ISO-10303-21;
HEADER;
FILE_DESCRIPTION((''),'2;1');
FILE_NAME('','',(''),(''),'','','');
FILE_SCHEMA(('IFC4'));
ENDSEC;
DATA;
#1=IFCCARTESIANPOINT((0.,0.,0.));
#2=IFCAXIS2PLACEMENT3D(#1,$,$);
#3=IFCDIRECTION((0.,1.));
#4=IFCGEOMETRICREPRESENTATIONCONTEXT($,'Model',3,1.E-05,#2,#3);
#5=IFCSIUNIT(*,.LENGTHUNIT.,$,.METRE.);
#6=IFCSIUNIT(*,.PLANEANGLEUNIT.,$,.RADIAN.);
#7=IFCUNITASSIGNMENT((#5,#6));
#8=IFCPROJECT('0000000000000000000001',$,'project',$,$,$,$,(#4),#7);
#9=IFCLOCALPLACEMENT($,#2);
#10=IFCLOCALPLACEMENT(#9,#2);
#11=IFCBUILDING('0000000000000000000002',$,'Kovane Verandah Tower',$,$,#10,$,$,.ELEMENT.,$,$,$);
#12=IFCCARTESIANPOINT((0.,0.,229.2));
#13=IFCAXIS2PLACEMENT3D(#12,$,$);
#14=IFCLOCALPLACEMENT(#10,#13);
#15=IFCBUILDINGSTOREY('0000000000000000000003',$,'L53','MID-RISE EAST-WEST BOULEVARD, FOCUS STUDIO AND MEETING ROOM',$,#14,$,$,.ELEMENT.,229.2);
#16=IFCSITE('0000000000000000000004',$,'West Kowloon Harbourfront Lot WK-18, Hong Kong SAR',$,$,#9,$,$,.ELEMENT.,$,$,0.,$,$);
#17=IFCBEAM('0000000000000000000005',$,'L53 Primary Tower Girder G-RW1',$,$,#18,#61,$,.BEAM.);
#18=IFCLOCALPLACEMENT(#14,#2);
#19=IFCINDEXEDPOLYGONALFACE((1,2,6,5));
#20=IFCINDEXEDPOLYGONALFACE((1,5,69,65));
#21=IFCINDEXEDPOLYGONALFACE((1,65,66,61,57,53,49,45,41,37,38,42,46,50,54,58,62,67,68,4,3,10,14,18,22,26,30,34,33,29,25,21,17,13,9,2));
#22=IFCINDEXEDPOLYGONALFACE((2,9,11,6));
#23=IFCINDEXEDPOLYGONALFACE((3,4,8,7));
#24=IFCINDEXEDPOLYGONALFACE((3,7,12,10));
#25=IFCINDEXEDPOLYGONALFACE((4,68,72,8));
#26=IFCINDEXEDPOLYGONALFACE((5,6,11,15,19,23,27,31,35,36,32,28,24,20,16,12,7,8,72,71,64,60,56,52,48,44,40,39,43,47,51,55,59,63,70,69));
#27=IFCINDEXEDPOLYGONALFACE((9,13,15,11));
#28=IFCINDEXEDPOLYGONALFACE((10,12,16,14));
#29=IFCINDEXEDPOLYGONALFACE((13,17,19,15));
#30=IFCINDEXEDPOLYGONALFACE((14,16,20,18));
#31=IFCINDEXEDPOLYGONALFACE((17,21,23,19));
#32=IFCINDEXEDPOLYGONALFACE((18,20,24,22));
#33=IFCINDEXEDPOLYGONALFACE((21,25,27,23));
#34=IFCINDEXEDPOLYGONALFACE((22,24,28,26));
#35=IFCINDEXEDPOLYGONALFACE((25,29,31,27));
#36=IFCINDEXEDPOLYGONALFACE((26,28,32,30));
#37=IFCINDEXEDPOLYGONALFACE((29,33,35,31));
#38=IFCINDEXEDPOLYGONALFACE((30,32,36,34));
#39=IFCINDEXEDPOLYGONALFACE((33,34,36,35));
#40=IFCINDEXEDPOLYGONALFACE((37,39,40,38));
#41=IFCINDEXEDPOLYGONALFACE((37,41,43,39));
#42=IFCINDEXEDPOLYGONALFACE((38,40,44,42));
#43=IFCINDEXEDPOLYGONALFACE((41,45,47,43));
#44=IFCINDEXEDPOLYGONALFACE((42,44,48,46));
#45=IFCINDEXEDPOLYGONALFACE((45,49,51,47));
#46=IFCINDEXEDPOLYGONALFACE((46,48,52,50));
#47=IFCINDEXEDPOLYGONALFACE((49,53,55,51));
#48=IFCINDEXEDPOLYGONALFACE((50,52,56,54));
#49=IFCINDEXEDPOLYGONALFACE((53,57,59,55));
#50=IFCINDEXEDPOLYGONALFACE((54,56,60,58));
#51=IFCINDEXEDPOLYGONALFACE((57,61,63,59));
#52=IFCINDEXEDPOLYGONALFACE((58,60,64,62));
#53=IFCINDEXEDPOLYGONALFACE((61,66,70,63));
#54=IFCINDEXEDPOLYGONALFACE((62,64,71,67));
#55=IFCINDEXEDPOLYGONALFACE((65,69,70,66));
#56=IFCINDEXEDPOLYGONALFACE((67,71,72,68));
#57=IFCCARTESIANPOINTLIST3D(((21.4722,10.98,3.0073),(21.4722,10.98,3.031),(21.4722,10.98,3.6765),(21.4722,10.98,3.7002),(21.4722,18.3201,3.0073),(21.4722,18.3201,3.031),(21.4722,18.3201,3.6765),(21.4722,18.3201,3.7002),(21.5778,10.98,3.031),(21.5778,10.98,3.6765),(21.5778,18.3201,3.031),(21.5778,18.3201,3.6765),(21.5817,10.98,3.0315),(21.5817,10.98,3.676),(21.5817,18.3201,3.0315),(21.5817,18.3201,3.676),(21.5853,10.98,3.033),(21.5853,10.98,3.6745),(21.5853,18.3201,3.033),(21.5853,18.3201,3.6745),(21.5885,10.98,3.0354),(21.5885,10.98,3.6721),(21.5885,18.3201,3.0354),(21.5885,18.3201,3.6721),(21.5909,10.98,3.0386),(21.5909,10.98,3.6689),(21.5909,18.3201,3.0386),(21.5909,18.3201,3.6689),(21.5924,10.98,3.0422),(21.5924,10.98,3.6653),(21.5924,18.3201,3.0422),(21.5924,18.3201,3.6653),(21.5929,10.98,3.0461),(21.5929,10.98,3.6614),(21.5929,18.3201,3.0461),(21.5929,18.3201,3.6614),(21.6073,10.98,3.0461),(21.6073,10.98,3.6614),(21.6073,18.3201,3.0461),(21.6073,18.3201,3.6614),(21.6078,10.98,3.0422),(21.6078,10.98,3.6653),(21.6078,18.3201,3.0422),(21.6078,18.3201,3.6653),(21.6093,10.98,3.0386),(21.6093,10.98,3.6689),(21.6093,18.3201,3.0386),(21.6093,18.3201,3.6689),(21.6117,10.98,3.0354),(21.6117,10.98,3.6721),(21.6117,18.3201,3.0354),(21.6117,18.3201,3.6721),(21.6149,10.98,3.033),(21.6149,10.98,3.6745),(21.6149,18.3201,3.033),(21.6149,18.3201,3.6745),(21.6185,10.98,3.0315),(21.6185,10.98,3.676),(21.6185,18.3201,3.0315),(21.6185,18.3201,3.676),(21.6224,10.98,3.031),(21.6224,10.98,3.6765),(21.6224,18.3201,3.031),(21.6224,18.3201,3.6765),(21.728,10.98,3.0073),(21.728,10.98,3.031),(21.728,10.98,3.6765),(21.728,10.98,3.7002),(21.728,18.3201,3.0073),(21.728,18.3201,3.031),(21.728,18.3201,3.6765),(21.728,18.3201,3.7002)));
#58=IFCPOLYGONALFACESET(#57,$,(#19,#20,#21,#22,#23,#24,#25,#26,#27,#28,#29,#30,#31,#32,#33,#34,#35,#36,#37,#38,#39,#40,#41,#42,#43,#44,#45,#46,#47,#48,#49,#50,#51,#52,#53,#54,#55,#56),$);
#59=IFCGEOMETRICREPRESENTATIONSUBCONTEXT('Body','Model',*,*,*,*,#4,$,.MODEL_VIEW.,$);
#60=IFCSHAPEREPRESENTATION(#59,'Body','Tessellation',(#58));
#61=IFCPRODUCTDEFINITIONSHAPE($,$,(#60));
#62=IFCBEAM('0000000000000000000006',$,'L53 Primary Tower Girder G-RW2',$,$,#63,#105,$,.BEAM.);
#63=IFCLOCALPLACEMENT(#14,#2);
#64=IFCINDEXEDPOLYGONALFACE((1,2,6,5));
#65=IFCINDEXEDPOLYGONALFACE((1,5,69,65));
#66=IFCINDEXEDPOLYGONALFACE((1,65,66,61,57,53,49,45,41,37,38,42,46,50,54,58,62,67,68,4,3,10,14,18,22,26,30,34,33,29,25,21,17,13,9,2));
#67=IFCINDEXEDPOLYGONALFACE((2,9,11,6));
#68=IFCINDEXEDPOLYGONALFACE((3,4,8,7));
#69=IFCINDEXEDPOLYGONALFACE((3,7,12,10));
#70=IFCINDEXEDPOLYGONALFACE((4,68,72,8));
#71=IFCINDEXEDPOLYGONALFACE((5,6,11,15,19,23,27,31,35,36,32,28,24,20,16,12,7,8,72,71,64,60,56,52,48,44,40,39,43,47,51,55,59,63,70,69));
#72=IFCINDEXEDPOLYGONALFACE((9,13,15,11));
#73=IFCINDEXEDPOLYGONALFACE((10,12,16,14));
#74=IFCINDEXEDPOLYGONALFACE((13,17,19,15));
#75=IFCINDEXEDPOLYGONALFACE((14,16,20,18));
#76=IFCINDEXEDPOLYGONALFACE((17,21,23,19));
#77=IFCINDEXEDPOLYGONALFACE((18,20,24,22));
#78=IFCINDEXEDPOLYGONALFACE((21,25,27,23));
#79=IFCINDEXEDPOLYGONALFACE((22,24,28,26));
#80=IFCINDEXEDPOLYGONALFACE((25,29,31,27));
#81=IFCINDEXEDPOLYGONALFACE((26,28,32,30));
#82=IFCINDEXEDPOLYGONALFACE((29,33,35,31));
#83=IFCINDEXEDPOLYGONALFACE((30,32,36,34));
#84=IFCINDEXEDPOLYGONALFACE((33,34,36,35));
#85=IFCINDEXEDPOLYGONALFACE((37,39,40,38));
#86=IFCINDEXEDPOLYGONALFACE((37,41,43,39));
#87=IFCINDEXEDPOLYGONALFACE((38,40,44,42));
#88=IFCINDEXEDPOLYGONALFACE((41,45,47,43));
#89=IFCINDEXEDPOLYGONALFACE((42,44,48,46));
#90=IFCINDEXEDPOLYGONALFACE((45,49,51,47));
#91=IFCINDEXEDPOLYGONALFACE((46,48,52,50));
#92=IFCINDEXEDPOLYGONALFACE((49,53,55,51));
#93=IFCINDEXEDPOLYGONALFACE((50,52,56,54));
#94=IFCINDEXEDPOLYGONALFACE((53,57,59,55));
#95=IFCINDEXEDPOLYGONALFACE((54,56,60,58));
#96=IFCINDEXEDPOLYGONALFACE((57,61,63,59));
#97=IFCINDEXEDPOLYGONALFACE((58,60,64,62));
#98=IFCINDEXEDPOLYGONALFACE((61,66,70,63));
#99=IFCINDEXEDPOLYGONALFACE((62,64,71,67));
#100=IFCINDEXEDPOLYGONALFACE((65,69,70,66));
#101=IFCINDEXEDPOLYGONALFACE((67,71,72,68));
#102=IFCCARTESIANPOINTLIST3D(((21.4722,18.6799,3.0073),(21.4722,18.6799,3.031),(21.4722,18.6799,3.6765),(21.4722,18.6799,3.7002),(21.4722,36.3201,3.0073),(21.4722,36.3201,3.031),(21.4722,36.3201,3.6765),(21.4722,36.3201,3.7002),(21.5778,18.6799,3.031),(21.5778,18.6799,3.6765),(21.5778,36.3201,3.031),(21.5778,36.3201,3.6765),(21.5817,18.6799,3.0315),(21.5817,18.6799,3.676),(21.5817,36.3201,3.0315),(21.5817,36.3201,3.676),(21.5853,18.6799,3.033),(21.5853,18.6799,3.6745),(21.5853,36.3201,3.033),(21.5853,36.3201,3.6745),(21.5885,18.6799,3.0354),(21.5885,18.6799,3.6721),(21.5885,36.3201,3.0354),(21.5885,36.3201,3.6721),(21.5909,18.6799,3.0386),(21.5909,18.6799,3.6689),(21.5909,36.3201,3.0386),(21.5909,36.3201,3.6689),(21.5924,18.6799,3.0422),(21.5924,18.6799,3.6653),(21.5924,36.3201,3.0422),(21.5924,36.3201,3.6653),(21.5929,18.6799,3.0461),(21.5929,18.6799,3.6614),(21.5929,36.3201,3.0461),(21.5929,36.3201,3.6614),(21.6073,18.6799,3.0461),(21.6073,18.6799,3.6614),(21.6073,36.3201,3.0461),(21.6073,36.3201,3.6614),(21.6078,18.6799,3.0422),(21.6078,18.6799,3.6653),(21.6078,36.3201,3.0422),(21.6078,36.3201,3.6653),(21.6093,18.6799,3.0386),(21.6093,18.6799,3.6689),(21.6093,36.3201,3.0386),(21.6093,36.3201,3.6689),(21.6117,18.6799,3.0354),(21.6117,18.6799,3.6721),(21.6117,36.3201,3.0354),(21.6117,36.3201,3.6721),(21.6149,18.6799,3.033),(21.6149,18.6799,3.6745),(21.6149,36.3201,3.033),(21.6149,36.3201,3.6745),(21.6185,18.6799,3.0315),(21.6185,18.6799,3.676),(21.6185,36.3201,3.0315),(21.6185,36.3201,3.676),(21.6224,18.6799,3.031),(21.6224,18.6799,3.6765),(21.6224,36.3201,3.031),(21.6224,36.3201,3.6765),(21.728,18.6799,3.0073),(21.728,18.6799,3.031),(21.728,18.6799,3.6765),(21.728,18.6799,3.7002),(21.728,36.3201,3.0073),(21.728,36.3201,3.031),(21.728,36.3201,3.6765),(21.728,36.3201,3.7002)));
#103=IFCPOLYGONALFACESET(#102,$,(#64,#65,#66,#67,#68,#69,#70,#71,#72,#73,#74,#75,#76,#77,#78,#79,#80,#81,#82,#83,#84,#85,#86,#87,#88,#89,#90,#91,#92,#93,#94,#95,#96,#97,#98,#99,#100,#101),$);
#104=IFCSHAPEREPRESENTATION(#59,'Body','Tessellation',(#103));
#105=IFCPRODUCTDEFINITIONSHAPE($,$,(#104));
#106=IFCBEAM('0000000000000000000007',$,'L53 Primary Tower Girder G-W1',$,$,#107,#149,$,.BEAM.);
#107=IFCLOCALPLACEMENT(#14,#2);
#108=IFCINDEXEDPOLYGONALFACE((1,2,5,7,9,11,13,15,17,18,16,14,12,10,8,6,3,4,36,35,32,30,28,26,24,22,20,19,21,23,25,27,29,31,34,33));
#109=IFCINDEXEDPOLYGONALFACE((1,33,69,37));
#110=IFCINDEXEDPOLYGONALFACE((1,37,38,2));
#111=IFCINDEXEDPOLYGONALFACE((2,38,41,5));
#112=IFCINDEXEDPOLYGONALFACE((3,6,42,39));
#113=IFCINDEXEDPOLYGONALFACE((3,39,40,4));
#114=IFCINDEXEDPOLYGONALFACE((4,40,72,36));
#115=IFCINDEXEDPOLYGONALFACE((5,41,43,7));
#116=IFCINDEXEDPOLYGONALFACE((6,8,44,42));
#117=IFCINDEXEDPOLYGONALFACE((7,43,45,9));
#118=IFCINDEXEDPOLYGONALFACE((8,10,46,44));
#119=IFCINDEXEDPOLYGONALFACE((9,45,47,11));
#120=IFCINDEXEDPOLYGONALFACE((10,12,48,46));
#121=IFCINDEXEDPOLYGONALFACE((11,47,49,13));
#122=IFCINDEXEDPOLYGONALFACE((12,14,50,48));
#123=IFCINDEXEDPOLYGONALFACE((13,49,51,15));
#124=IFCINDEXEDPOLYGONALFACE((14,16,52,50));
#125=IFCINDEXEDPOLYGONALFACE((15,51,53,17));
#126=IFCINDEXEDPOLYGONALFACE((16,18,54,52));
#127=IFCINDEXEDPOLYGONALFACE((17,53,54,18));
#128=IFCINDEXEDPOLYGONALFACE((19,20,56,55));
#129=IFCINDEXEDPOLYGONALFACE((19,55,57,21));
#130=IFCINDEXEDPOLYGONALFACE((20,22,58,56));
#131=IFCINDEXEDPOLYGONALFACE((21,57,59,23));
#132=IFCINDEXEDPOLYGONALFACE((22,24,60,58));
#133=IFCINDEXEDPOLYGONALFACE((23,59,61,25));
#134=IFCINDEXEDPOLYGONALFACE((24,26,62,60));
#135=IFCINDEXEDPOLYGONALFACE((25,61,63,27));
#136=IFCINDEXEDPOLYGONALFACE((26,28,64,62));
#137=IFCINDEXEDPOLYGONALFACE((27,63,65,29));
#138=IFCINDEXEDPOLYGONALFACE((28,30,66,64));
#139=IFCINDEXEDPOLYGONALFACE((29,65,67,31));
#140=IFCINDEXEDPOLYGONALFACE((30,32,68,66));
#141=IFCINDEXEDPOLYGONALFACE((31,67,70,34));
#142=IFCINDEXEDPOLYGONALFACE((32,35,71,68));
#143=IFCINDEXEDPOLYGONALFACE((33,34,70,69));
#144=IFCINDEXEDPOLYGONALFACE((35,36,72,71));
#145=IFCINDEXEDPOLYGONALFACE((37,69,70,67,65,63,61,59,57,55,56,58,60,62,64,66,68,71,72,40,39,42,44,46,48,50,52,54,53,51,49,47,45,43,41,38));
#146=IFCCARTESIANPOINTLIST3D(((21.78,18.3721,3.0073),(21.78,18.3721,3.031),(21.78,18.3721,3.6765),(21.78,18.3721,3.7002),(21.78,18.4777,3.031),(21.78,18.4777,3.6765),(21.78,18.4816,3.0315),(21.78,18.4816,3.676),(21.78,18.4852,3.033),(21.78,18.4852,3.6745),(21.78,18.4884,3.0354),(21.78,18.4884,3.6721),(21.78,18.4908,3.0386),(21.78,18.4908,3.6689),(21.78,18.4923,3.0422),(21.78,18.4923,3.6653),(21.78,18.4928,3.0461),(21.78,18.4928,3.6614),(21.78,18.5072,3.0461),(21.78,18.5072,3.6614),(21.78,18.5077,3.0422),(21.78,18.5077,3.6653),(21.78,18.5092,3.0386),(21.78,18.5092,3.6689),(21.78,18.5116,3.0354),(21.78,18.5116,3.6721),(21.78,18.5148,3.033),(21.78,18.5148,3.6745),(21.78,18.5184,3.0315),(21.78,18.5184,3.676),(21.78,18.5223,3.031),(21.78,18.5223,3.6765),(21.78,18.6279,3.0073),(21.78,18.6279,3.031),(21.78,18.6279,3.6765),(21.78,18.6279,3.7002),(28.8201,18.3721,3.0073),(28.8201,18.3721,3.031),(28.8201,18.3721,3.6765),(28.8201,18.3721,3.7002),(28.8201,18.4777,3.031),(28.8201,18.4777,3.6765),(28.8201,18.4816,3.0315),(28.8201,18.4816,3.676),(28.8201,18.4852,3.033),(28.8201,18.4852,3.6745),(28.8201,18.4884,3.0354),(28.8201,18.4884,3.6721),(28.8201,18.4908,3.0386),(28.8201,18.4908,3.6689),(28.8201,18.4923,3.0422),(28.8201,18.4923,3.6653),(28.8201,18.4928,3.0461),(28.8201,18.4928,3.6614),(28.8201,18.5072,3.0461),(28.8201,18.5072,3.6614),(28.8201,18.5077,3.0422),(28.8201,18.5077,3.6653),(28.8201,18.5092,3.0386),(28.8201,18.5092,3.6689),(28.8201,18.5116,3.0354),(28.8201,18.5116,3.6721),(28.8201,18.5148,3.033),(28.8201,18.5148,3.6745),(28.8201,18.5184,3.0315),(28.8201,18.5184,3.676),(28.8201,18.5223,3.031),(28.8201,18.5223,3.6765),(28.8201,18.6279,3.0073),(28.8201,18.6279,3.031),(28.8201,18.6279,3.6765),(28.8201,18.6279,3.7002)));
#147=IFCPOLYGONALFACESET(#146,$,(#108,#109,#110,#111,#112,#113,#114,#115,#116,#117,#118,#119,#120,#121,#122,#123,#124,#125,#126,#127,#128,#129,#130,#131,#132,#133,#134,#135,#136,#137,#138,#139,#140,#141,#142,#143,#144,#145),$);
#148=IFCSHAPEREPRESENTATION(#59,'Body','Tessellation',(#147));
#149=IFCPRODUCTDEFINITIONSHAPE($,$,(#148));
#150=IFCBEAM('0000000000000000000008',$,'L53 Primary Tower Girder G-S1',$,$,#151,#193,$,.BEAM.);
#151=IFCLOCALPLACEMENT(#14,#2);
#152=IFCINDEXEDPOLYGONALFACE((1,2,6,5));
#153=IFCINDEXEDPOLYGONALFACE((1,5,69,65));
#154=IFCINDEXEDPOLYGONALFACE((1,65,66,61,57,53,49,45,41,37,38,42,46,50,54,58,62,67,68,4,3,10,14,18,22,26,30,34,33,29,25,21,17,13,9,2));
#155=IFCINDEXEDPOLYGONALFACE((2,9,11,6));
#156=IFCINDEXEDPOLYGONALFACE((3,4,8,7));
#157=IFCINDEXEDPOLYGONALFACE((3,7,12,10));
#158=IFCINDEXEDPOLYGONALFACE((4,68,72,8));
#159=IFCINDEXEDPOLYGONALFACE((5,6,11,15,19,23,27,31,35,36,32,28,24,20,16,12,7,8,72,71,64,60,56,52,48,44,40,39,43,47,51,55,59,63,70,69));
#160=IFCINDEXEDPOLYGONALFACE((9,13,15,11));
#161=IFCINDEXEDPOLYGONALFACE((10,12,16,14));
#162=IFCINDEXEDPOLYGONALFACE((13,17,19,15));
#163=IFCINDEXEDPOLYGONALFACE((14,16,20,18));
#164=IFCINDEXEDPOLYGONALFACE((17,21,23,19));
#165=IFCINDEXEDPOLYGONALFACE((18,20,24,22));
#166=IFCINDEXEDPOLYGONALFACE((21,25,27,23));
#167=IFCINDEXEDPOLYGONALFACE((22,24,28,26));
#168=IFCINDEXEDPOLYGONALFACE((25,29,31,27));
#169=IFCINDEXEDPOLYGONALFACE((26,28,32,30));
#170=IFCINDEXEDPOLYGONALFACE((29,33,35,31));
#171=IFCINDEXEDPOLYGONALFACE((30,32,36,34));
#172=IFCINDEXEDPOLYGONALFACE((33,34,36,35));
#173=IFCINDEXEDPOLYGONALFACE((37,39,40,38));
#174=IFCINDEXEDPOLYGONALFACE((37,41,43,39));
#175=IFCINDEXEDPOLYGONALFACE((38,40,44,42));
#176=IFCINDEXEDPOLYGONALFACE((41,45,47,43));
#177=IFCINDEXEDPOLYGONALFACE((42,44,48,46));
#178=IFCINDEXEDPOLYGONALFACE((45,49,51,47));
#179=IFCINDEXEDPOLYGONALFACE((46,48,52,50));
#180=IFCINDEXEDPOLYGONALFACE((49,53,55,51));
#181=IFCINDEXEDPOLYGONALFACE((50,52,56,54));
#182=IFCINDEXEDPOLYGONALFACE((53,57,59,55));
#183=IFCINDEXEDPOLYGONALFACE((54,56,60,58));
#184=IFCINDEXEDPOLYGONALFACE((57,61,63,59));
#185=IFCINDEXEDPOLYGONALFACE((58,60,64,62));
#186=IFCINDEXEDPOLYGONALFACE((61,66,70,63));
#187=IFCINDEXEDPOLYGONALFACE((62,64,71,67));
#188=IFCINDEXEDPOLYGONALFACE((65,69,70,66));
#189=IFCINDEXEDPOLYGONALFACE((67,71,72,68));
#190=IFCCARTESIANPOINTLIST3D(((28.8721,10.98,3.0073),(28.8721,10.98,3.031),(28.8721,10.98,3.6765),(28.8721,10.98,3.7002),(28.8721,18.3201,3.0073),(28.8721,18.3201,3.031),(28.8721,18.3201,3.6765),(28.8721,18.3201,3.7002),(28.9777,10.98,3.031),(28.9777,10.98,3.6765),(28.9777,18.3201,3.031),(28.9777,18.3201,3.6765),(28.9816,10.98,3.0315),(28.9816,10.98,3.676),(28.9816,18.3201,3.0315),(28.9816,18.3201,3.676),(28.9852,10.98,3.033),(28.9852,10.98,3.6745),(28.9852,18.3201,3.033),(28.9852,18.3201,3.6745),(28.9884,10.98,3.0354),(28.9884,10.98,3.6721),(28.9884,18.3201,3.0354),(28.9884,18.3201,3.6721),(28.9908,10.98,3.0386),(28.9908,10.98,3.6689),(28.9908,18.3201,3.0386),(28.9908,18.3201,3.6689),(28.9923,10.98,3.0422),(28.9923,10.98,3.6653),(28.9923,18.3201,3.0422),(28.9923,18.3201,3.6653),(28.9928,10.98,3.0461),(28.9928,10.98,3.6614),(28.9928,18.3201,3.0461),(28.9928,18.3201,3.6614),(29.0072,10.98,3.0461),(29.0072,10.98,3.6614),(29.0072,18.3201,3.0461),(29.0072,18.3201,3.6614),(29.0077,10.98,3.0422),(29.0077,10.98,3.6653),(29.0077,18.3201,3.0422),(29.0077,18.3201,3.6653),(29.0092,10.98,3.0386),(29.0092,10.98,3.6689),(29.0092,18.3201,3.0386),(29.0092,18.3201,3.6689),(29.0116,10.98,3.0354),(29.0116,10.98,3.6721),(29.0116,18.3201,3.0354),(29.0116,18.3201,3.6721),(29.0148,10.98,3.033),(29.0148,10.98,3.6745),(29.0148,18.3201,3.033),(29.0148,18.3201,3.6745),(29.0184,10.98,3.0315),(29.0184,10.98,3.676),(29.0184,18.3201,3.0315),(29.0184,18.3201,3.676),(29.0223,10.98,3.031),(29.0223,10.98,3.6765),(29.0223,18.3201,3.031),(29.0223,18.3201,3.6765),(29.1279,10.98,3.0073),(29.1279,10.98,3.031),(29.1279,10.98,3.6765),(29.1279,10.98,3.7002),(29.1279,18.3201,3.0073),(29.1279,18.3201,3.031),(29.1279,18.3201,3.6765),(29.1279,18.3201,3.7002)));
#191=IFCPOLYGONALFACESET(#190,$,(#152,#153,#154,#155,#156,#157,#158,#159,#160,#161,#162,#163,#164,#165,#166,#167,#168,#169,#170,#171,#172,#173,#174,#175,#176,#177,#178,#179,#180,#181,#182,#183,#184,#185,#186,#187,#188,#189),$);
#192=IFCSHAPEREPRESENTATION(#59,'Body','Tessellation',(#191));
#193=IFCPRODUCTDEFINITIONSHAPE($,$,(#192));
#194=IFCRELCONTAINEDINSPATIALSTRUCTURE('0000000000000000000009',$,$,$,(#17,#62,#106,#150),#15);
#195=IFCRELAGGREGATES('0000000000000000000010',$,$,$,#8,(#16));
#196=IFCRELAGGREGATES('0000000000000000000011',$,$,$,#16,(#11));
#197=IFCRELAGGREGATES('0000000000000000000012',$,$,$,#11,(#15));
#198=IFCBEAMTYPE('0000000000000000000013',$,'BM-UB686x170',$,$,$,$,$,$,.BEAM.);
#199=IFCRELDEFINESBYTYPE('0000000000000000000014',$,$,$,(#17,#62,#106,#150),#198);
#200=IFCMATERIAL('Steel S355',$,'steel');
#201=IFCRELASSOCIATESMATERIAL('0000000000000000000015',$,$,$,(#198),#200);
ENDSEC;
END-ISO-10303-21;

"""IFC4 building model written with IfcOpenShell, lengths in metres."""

from ifc_helpers import new_model, si_unit, direction, frame, origin, origin_2d, place, context, subcontext, project, spatial, i_section, extrude, material, material_profile, profile_set, type_object, element, save


model = new_model("IFC4")

# Units and contexts
model_context = context("Model", 3, precision=1e-05, world=origin(), true_north=direction((0.0, 1.0)))
body_context = subcontext(model_context, "Body", "Model", "MODEL_VIEW")
ifc_project = project(units=[si_unit("LENGTHUNIT", "METRE"), si_unit("PLANEANGLEUNIT", "RADIAN")], contexts=[model_context])

# Site, building, storey
site_placement = place(None, origin())
site = spatial("IfcSite", under=ifc_project, at=site_placement, Name="West Kowloon Harbourfront Lot WK-18, Hong Kong SAR", CompositionType="ELEMENT", RefElevation=0.0)
building_placement = place(site_placement, origin())
building = spatial("IfcBuilding", under=site, at=building_placement, Name="Kovane Verandah Tower", CompositionType="ELEMENT")
storey_placement = place(building_placement, frame((0.0, 0.0, 229.2)))
storey = spatial("IfcBuildingStorey", under=building, at=storey_placement, Name="L53", Description="MID-RISE EAST-WEST BOULEVARD, FOCUS STUDIO AND MEETING ROOM", CompositionType="ELEMENT", Elevation=229.2)

# Beams
ifc_material_1 = material(Name="Steel S355", Category="steel")
ifc_material_profile_1 = material_profile(ifc_material_1, i_section(OverallWidth=0.2559, OverallDepth=0.6929, WebThickness=0.0144, FlangeThickness=0.0237, FilletRadius=0.0151, at=origin_2d()), Name="UB686x254x170")
ifc_profile_set_1 = profile_set([ifc_material_profile_1], Name="Steel S355")
beam_type_1 = type_object("IfcBeamType", Name="BM-UB686x170", PredefinedType="BEAM", material=ifc_profile_set_1)
beam_1_placement = place(storey_placement, frame((21.6001, 10.98, 3.3538), z_axis=(0.0, 1.0, 0.0), x_axis=(-1.0, 0.0, 0.0)))
element("IfcBeam", 1, at=beam_1_placement, inside=storey, type_object=beam_type_1, Name="L53 Primary Tower Girder G-RW1", PredefinedType="BEAM", context=body_context, shape_type="SweptSolid", body=[
    extrude(i_section(OverallWidth=0.2559, OverallDepth=0.6929, WebThickness=0.0144, FlangeThickness=0.0237, FilletRadius=0.0151, at=origin_2d()), origin(), (0.0, 0.0, 1.0), 7.3401),
])
beam_2_placement = place(storey_placement, frame((21.6001, 18.6799, 3.3538), z_axis=(0.0, 1.0, 0.0), x_axis=(-1.0, 0.0, 0.0)))
element("IfcBeam", 2, at=beam_2_placement, inside=storey, type_object=beam_type_1, Name="L53 Primary Tower Girder G-RW2", PredefinedType="BEAM", context=body_context, shape_type="SweptSolid", body=[
    extrude(i_section(OverallWidth=0.2559, OverallDepth=0.6929, WebThickness=0.0144, FlangeThickness=0.0237, FilletRadius=0.0151, at=origin_2d()), origin(), (0.0, 0.0, 1.0), 17.6401),
])
beam_3_placement = place(storey_placement, frame((28.8201, 18.5, 3.3538), z_axis=(-1.0, 0.0, 0.0), x_axis=(0.0, -1.0, 0.0)))
element("IfcBeam", 3, at=beam_3_placement, inside=storey, type_object=beam_type_1, Name="L53 Primary Tower Girder G-W1", PredefinedType="BEAM", context=body_context, shape_type="SweptSolid", body=[
    extrude(i_section(OverallWidth=0.2559, OverallDepth=0.6929, WebThickness=0.0144, FlangeThickness=0.0237, FilletRadius=0.0151, at=origin_2d()), origin(), (0.0, 0.0, 1.0), 7.04),
])
beam_4_placement = place(storey_placement, frame((29.0, 18.3201, 3.3538), z_axis=(0.0, -1.0, 0.0), x_axis=(1.0, 0.0, 0.0)))
element("IfcBeam", 4, at=beam_4_placement, inside=storey, type_object=beam_type_1, Name="L53 Primary Tower Girder G-S1", PredefinedType="BEAM", context=body_context, shape_type="SweptSolid", body=[
    extrude(i_section(OverallWidth=0.2559, OverallDepth=0.6929, WebThickness=0.0144, FlangeThickness=0.0237, FilletRadius=0.0151, at=origin_2d()), origin(), (0.0, 0.0, 1.0), 7.3401),
])

save(model, "model.ifc")
